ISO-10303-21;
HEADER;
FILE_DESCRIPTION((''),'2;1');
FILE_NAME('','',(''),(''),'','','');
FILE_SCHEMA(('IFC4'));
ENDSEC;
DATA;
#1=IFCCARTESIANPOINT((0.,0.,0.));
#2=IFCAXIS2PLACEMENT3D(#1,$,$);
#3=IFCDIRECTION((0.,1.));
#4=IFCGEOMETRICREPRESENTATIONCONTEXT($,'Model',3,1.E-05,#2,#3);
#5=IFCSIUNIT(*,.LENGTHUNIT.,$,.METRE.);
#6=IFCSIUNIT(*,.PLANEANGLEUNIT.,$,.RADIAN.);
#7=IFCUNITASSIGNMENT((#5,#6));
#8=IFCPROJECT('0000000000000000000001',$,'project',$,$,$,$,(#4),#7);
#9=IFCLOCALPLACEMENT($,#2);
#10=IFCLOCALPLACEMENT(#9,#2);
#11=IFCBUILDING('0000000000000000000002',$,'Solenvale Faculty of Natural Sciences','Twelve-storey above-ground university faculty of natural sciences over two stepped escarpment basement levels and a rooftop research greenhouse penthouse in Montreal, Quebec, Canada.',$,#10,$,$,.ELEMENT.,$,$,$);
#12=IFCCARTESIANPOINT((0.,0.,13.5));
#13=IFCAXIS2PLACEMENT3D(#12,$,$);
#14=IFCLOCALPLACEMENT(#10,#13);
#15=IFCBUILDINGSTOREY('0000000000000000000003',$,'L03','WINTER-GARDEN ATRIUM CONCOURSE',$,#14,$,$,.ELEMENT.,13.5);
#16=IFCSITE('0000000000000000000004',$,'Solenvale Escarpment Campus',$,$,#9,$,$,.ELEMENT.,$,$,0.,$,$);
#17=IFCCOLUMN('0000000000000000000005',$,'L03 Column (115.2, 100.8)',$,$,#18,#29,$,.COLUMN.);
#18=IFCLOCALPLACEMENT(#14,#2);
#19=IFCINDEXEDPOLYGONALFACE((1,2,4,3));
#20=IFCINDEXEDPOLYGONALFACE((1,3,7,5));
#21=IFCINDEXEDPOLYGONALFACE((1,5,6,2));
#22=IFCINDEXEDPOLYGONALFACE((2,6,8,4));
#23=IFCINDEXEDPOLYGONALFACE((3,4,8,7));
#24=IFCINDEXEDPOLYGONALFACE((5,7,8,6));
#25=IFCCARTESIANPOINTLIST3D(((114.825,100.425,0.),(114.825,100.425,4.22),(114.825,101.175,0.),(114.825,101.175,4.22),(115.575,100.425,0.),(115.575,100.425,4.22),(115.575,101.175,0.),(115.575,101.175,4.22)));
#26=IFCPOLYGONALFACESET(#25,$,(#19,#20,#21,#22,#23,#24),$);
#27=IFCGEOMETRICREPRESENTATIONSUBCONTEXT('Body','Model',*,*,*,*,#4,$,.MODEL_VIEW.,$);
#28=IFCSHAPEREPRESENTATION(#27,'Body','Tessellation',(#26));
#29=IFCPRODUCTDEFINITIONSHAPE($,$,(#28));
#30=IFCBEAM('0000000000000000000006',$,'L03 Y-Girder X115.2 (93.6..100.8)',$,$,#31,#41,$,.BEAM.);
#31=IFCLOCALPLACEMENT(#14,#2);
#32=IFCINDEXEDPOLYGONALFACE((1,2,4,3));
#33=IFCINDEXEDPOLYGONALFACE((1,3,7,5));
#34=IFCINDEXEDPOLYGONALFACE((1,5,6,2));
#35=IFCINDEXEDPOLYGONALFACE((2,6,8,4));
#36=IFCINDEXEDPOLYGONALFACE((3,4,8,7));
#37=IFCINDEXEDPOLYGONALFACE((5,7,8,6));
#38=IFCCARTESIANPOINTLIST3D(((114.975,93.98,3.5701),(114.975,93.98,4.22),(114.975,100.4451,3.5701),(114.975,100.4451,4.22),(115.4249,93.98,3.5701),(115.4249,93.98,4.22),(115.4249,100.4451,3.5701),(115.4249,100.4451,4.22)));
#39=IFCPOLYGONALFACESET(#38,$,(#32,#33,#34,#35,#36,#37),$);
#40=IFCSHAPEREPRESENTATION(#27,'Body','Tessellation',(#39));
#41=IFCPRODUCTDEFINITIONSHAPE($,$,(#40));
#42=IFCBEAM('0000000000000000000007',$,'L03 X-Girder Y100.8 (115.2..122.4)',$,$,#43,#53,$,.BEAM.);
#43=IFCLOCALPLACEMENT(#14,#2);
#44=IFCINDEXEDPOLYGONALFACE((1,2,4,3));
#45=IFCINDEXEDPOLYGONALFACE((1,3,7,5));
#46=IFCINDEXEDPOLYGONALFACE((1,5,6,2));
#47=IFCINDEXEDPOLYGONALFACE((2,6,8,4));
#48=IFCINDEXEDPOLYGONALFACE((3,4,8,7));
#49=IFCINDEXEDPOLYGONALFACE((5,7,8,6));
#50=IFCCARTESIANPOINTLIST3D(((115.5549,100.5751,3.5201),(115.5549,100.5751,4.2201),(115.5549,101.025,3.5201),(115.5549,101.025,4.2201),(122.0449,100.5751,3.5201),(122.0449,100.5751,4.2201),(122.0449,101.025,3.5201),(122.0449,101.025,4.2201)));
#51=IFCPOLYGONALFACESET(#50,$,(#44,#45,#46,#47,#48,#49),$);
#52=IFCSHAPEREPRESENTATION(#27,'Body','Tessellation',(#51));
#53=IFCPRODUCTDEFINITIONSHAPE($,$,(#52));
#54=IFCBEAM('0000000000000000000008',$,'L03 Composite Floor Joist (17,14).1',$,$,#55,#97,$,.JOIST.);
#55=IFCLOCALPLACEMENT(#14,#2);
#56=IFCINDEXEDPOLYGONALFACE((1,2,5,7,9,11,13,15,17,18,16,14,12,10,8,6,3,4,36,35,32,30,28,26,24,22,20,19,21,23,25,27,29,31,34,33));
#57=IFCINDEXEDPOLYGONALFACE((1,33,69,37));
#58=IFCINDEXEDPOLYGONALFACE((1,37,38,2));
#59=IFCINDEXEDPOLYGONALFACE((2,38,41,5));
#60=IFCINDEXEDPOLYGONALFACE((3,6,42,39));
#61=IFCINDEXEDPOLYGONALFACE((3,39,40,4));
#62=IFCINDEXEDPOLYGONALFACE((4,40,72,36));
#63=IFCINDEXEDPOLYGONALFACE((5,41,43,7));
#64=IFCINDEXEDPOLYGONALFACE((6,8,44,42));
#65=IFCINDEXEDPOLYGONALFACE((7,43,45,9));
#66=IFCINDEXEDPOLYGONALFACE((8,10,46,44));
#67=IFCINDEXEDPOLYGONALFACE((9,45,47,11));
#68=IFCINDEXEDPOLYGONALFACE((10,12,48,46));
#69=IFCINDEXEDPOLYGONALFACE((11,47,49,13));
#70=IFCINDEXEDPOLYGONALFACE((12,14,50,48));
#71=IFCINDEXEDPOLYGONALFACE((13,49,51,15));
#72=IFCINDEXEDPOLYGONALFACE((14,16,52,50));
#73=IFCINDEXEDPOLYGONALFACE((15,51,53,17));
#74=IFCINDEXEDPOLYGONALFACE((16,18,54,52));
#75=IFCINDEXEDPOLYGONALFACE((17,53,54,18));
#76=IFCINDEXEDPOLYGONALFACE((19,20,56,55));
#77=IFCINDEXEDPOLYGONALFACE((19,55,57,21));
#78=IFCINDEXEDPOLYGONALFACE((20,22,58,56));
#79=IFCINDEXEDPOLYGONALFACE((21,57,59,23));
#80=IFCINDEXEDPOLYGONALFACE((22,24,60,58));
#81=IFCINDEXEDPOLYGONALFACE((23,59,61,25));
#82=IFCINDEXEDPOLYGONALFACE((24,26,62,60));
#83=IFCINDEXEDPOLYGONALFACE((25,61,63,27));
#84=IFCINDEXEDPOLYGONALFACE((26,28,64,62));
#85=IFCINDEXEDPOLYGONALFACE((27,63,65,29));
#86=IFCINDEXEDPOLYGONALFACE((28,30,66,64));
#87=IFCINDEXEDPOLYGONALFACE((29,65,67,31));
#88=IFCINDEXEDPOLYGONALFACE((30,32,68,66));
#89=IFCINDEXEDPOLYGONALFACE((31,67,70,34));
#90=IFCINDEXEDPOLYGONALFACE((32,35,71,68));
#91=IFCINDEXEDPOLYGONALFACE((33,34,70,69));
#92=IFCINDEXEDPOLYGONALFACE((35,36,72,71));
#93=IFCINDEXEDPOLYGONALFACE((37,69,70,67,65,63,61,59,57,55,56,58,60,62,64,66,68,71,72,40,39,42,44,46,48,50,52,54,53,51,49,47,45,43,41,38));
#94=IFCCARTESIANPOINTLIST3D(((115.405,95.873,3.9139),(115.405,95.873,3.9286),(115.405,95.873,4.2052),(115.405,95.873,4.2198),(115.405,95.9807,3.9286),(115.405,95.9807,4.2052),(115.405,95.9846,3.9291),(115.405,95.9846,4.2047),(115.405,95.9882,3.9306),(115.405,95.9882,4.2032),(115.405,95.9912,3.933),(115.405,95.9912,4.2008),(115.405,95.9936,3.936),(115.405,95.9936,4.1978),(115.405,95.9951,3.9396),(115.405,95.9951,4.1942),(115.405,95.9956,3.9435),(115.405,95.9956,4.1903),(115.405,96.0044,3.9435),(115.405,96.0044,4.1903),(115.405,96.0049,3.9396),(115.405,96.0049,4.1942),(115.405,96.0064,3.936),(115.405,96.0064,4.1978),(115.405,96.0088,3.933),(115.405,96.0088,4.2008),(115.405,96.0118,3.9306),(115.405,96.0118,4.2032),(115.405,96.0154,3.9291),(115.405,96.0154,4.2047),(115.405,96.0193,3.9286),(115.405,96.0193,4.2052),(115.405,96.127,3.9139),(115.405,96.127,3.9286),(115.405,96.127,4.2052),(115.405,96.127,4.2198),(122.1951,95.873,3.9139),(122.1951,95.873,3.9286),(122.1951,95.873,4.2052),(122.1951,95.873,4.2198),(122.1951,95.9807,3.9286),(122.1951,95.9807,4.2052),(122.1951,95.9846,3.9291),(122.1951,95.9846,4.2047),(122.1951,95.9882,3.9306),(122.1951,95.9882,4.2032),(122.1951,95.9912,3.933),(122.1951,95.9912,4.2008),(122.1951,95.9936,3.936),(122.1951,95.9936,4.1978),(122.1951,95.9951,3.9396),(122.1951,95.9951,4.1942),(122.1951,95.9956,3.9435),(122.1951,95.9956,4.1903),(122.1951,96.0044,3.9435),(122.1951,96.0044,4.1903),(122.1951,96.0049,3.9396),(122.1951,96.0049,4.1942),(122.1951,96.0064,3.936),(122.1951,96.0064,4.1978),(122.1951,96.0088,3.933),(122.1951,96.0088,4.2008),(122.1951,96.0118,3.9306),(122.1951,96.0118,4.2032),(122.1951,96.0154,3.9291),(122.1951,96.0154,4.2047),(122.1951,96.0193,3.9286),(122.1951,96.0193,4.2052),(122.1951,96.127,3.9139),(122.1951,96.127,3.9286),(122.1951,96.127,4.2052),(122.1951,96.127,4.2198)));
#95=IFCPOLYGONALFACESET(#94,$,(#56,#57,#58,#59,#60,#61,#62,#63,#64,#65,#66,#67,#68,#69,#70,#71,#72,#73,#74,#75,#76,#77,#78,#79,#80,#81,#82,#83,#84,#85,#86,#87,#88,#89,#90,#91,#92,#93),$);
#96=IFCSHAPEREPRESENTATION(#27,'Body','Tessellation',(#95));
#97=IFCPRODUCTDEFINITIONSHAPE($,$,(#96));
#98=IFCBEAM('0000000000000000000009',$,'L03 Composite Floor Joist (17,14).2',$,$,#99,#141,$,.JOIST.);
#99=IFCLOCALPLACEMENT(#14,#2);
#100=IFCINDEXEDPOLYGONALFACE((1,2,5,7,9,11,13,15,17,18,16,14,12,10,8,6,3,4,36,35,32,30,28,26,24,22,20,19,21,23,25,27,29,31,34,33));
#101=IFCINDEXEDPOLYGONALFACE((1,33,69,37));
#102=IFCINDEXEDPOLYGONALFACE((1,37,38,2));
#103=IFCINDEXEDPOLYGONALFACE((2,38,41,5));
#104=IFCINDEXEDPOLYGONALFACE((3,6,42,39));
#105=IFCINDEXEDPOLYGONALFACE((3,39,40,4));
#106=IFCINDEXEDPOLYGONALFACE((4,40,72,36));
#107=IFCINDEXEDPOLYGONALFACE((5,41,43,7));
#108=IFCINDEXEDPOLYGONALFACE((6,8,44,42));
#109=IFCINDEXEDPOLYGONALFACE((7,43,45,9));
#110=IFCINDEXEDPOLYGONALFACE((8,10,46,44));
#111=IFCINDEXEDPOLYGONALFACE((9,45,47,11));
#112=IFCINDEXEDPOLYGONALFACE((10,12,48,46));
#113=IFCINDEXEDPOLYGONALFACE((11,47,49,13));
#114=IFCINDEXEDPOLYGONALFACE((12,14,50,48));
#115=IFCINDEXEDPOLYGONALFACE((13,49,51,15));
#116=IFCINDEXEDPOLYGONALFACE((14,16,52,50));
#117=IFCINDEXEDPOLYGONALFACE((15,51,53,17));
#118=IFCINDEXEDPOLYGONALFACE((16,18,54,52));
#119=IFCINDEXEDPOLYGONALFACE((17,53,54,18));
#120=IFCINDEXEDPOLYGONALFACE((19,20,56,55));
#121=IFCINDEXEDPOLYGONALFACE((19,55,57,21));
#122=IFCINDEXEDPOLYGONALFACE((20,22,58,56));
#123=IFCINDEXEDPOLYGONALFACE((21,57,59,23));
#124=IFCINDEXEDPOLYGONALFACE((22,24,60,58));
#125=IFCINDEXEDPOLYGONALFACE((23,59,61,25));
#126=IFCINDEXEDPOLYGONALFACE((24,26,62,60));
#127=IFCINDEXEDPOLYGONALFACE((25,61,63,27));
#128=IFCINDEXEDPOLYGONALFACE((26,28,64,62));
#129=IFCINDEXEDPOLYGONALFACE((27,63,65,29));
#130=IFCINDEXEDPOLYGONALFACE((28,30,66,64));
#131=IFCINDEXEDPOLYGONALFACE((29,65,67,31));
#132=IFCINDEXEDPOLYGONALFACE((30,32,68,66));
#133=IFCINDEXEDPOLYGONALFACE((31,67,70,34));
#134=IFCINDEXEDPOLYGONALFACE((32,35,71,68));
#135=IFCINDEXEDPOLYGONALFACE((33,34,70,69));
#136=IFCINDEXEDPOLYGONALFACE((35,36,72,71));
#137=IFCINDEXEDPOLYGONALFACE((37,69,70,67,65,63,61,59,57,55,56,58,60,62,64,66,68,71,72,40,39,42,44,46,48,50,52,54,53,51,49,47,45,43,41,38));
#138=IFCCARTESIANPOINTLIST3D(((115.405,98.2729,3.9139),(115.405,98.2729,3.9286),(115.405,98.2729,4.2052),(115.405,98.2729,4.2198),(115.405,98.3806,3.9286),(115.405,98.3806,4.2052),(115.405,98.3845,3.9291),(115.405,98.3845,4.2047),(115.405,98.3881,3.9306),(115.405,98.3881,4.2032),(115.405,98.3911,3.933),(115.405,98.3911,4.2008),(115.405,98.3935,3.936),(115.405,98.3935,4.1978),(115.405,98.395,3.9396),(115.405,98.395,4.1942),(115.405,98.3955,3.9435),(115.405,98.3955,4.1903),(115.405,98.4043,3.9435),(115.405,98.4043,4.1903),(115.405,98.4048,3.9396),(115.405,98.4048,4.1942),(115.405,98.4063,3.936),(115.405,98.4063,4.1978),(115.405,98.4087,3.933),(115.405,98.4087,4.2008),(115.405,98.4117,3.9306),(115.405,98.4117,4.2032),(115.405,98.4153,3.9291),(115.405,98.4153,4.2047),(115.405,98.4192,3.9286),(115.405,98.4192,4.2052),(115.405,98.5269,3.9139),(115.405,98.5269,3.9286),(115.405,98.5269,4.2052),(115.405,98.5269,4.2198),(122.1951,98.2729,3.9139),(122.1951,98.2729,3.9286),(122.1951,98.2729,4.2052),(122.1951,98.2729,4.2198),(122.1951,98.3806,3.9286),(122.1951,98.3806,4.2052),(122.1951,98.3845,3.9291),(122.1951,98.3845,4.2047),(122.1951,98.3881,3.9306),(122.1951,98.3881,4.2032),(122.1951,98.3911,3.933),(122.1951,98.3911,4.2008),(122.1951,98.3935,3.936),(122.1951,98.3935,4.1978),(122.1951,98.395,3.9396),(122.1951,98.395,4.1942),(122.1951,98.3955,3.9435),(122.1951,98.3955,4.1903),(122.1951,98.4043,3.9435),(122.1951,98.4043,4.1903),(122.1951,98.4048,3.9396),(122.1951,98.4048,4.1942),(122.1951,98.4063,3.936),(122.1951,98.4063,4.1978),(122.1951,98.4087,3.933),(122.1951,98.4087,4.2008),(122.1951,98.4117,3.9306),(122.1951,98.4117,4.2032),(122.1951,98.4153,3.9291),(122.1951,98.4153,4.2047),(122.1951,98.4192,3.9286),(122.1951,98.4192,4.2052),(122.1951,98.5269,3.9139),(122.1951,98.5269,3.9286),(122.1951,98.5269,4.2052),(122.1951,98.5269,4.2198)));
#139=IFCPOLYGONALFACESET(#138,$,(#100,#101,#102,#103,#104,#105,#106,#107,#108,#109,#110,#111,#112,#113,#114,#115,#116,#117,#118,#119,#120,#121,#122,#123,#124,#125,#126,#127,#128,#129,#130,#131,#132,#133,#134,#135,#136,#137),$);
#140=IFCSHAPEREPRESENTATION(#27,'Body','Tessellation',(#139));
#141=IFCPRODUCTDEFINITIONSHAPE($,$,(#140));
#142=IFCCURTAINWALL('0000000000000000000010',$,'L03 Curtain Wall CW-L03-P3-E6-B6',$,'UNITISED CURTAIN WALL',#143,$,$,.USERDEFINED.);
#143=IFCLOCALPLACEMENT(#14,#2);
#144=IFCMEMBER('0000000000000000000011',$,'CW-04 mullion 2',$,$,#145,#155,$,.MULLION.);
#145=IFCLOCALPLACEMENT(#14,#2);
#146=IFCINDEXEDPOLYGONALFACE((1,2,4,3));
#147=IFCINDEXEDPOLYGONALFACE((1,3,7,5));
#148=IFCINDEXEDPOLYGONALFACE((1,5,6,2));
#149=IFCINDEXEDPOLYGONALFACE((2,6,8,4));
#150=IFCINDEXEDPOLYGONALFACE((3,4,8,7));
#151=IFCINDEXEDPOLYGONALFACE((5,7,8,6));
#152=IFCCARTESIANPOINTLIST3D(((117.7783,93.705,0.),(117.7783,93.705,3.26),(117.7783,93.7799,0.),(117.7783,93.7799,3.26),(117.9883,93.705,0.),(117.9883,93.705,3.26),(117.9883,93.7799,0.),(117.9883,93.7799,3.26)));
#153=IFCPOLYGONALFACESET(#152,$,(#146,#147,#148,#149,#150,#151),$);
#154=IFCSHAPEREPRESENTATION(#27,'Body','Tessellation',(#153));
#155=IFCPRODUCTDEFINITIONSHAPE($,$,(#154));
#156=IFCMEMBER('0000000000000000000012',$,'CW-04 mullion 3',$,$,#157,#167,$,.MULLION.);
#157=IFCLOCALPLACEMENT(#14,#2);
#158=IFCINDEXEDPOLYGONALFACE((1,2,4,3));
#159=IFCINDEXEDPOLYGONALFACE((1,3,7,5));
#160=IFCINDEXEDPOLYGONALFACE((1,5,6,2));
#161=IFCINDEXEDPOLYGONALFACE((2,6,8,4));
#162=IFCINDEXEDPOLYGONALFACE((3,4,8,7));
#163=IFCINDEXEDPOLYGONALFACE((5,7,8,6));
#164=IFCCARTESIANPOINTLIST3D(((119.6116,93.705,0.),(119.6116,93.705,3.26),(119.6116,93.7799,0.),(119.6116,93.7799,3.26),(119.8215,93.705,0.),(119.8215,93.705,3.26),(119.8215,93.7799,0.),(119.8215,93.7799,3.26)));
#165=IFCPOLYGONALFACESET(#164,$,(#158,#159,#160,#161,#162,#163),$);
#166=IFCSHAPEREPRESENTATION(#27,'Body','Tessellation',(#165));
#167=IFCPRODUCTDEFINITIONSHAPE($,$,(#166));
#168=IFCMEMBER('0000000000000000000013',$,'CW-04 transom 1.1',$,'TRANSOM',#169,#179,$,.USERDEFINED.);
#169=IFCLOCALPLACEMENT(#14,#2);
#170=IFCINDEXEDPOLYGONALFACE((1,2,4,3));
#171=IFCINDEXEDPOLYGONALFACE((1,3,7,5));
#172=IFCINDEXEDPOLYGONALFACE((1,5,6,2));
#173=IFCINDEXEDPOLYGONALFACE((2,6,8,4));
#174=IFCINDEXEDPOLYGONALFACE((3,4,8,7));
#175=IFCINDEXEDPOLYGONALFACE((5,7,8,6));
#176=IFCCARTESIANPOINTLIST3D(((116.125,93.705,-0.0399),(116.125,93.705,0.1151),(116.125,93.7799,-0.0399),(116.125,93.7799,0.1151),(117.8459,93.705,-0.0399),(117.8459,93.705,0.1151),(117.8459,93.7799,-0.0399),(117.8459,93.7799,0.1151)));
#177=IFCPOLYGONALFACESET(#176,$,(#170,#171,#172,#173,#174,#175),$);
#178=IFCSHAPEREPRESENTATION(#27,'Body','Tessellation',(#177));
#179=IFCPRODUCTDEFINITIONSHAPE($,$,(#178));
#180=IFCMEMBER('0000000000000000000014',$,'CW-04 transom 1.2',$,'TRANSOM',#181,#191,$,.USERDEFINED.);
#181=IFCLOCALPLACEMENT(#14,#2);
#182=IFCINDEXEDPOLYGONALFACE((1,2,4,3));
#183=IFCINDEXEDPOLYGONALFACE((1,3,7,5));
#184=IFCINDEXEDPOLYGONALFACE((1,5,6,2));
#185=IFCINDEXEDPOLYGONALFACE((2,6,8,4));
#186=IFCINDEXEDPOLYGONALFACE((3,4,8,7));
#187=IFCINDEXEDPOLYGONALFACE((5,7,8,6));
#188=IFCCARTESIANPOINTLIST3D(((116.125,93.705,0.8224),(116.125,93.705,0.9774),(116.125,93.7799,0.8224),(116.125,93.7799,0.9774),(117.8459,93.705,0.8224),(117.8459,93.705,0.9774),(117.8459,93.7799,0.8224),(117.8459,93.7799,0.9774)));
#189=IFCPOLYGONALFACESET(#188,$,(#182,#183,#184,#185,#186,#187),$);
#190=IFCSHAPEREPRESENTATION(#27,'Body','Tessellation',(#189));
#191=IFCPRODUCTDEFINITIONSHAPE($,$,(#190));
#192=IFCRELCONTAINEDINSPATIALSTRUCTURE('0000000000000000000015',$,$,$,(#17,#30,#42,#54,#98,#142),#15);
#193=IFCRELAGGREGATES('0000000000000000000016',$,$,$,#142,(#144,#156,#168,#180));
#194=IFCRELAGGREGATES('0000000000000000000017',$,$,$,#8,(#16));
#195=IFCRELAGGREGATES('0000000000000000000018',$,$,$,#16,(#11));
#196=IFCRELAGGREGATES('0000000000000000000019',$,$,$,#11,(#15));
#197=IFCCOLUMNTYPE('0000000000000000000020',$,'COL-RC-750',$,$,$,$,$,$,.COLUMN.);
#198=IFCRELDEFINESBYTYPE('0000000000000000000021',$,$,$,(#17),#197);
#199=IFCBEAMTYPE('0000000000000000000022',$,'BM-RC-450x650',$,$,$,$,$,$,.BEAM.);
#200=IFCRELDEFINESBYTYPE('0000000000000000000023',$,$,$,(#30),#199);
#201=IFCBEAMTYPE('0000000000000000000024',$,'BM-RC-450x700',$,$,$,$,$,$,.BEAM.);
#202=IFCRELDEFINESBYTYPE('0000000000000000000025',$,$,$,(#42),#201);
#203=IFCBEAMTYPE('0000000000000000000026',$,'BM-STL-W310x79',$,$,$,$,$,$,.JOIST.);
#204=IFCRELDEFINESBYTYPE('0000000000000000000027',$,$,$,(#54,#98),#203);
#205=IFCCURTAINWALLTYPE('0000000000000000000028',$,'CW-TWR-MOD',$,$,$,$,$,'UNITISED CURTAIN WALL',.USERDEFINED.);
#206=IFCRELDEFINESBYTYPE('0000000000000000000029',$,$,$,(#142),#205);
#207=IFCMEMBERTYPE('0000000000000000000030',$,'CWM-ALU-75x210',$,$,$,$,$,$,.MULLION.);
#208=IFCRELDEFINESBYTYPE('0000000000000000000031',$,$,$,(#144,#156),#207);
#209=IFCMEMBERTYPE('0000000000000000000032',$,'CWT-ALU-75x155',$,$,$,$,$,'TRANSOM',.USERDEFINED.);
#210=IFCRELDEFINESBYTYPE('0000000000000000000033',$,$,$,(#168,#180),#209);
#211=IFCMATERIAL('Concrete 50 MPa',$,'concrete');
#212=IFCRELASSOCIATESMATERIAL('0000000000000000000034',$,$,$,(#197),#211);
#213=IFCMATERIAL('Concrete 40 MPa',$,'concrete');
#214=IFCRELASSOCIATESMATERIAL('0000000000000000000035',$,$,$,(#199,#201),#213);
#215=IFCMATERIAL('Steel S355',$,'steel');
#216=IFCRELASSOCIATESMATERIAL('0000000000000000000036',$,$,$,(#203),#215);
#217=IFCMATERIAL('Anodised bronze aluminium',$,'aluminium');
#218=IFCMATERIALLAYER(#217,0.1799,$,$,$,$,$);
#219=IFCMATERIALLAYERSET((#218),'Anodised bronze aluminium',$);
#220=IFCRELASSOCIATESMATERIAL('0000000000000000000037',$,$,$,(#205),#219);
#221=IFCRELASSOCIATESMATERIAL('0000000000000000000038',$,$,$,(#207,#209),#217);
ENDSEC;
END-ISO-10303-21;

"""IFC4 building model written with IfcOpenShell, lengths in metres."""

from ifc_helpers import new_model, si_unit, direction, frame, origin, origin_2d, place, context, subcontext, project, spatial, rectangle, i_section, extrude, material, layer, layer_set, material_profile, profile_set, type_object, element, aggregate, save


model = new_model("IFC4")

# Units and contexts
model_context = context("Model", 3, precision=1e-05, world=origin(), true_north=direction((0.0, 1.0)))
body_context = subcontext(model_context, "Body", "Model", "MODEL_VIEW")
ifc_project = project(units=[si_unit("LENGTHUNIT", "METRE"), si_unit("PLANEANGLEUNIT", "RADIAN")], contexts=[model_context])

# Site, building, storey
site_placement = place(None, origin())
site = spatial("IfcSite", under=ifc_project, at=site_placement, Name="Solenvale Escarpment Campus", CompositionType="ELEMENT", RefElevation=0.0)
building_placement = place(site_placement, origin())
building = spatial("IfcBuilding", under=site, at=building_placement, Name="Solenvale Faculty of Natural Sciences", Description="Twelve-storey above-ground university faculty of natural sciences over two stepped escarpment basement levels and a rooftop research greenhouse penthouse in Montreal, Quebec, Canada.", CompositionType="ELEMENT")
storey_placement = place(building_placement, frame((0.0, 0.0, 13.5)))
storey = spatial("IfcBuildingStorey", under=building, at=storey_placement, Name="L03", Description="WINTER-GARDEN ATRIUM CONCOURSE", CompositionType="ELEMENT", Elevation=13.5)

# Column
ifc_material_1 = material(Name="Concrete 50 MPa", Category="concrete")
ifc_material_profile_1 = material_profile(ifc_material_1, rectangle(XDim=0.75, YDim=0.75, at=origin_2d()), Name="RC-COL-750x750")
ifc_profile_set_1 = profile_set([ifc_material_profile_1], Name="Concrete 50 MPa")
column_type = type_object("IfcColumnType", Name="COL-RC-750", PredefinedType="COLUMN", material=ifc_profile_set_1)
column_placement = place(storey_placement, frame((115.2, 100.8, 0.0), z_axis=(0.0, 0.0, 1.0), x_axis=(1.0, 0.0, 0.0)))
element("IfcColumn", 1, at=column_placement, inside=storey, type_object=column_type, Name="L03 Column (115.2, 100.8)", PredefinedType="COLUMN", context=body_context, shape_type="SweptSolid", body=[
    extrude(rectangle(XDim=0.75, YDim=0.75, at=origin_2d()), origin(), (0.0, 0.0, 1.0), 4.22),
])

# Beams
ifc_material_2 = material(Name="Concrete 40 MPa", Category="concrete")
ifc_material_profile_2 = material_profile(ifc_material_2, rectangle(XDim=0.45, YDim=0.6499, at=origin_2d()), Name="RC-BM-450x650")
ifc_profile_set_2 = profile_set([ifc_material_profile_2], Name="Concrete 40 MPa")
beam_type_1 = type_object("IfcBeamType", Name="BM-RC-450x650", PredefinedType="BEAM", material=ifc_profile_set_2)
beam_1_placement = place(storey_placement, frame((115.2, 93.98, 3.895), z_axis=(0.0, 1.0, 0.0), x_axis=(-1.0, 0.0, 0.0)))
element("IfcBeam", 2, at=beam_1_placement, inside=storey, type_object=beam_type_1, Name="L03 Y-Girder X115.2 (93.6..100.8)", PredefinedType="BEAM", context=body_context, shape_type="SweptSolid", body=[
    extrude(rectangle(XDim=0.45, YDim=0.6499, at=origin_2d()), origin(), (0.0, 0.0, 1.0), 6.4651),
])
ifc_material_profile_3 = material_profile(ifc_material_2, rectangle(XDim=0.45, YDim=0.7, at=origin_2d()), Name="RC-BM-450x700")
ifc_profile_set_3 = profile_set([ifc_material_profile_3], Name="Concrete 40 MPa")
beam_type_2 = type_object("IfcBeamType", Name="BM-RC-450x700", PredefinedType="BEAM", material=ifc_profile_set_3)
beam_2_placement = place(storey_placement, frame((115.5549, 100.8, 3.8701), z_axis=(1.0, 0.0, 0.0), x_axis=(0.0, 1.0, 0.0)))
element("IfcBeam", 3, at=beam_2_placement, inside=storey, type_object=beam_type_2, Name="L03 X-Girder Y100.8 (115.2..122.4)", PredefinedType="BEAM", context=body_context, shape_type="SweptSolid", body=[
    extrude(rectangle(XDim=0.45, YDim=0.7, at=origin_2d()), origin(), (0.0, 0.0, 1.0), 6.49),
])
ifc_material_3 = material(Name="Steel S355", Category="steel")
ifc_material_profile_4 = material_profile(ifc_material_3, i_section(OverallWidth=0.2539, OverallDepth=0.3059, WebThickness=0.0088, FlangeThickness=0.0146, FilletRadius=0.0149, at=origin_2d()), Name="W310x79")
ifc_profile_set_4 = profile_set([ifc_material_profile_4], Name="Steel S355")
beam_type_3 = type_object("IfcBeamType", Name="BM-STL-W310x79", PredefinedType="JOIST", material=ifc_profile_set_4)
for number, where, z_axis, x_axis, name in (
    (4, (115.405, 96.0, 4.0669), (1.0, 0.0, 0.0), (0.0, 1.0, 0.0), "L03 Composite Floor Joist (17,14).1"),
    (5, (115.405, 98.3999, 4.0669), (1.0, 0.0, 0.0), (0.0, 1.0, 0.0), "L03 Composite Floor Joist (17,14).2"),
):
    element("IfcBeam", number, at=place(storey_placement, frame(where, z_axis=z_axis, x_axis=x_axis)), inside=storey, type_object=beam_type_3, Name=name, PredefinedType="JOIST", context=body_context, shape_type="SweptSolid", body=[
        extrude(i_section(OverallWidth=0.2539, OverallDepth=0.3059, WebThickness=0.0088, FlangeThickness=0.0146, FilletRadius=0.0149, at=origin_2d()), origin(), (0.0, 0.0, 1.0), 6.79),
    ])

# Curtain wall, members
ifc_material_4 = material(Name="Anodised bronze aluminium", Category="aluminium")
ifc_layer_1 = layer(ifc_material_4, 0.1799)
ifc_layer_set_1 = layer_set([ifc_layer_1], Name="Anodised bronze aluminium")
curtain_wall_type = type_object("IfcCurtainWallType", Name="CW-TWR-MOD", ElementType="UNITISED CURTAIN WALL", PredefinedType="USERDEFINED", material=ifc_layer_set_1)
curtain_wall_placement = place(storey_placement, origin())
curtain_wall = element("IfcCurtainWall", 6, at=curtain_wall_placement, inside=storey, type_object=curtain_wall_type, Name="L03 Curtain Wall CW-L03-P3-E6-B6", ObjectType="UNITISED CURTAIN WALL", PredefinedType="USERDEFINED")
ifc_material_profile_5 = material_profile(ifc_material_4, rectangle(XDim=0.075, YDim=0.21, at=origin_2d()), Name="ALU-MUL-75x210")
ifc_profile_set_5 = profile_set([ifc_material_profile_5], Name="Anodised bronze aluminium")
member_type_1 = type_object("IfcMemberType", Name="CWM-ALU-75x210", PredefinedType="MULLION", material=ifc_profile_set_5)
member_1_placement = place(storey_placement, frame((117.8833, 93.7424, 0.0), z_axis=(0.0, 0.0, 1.0), x_axis=(0.0, 1.0, 0.0)))
member_1 = element("IfcMember", 7, at=member_1_placement, type_object=member_type_1, Name="CW-04 mullion 2", PredefinedType="MULLION", context=body_context, shape_type="SweptSolid", body=[
    extrude(rectangle(XDim=0.075, YDim=0.21, at=origin_2d()), origin(), (0.0, 0.0, 1.0), 3.26),
])
member_2_placement = place(storey_placement, frame((119.7166, 93.7424, 0.0), z_axis=(0.0, 0.0, 1.0), x_axis=(0.0, 1.0, 0.0)))
member_2 = element("IfcMember", 8, at=member_2_placement, type_object=member_type_1, Name="CW-04 mullion 3", PredefinedType="MULLION", context=body_context, shape_type="SweptSolid", body=[
    extrude(rectangle(XDim=0.075, YDim=0.21, at=origin_2d()), origin(), (0.0, 0.0, 1.0), 3.26),
])
ifc_material_profile_6 = material_profile(ifc_material_4, rectangle(XDim=0.075, YDim=0.155, at=origin_2d()), Name="ALU-TRN-75x155")
ifc_profile_set_6 = profile_set([ifc_material_profile_6], Name="Anodised bronze aluminium")
member_type_2 = type_object("IfcMemberType", Name="CWT-ALU-75x155", ElementType="TRANSOM", PredefinedType="USERDEFINED", material=ifc_profile_set_6)
member_3_placement = place(storey_placement, frame((116.125, 93.7424, 0.0376), z_axis=(1.0, 0.0, 0.0), x_axis=(0.0, 1.0, 0.0)))
member_3 = element("IfcMember", 9, at=member_3_placement, type_object=member_type_2, Name="CW-04 transom 1.1", ObjectType="TRANSOM", PredefinedType="USERDEFINED", context=body_context, shape_type="SweptSolid", body=[
    extrude(rectangle(XDim=0.075, YDim=0.155, at=origin_2d()), origin(), (0.0, 0.0, 1.0), 1.7209),
])
member_4_placement = place(storey_placement, frame((116.125, 93.7424, 0.8999), z_axis=(1.0, 0.0, 0.0), x_axis=(0.0, 1.0, 0.0)))
member_4 = element("IfcMember", 10, at=member_4_placement, type_object=member_type_2, Name="CW-04 transom 1.2", ObjectType="TRANSOM", PredefinedType="USERDEFINED", context=body_context, shape_type="SweptSolid", body=[
    extrude(rectangle(XDim=0.075, YDim=0.155, at=origin_2d()), origin(), (0.0, 0.0, 1.0), 1.7209),
])
aggregate(curtain_wall, [member_1, member_2, member_3, member_4])

save(model, "model.ifc")
